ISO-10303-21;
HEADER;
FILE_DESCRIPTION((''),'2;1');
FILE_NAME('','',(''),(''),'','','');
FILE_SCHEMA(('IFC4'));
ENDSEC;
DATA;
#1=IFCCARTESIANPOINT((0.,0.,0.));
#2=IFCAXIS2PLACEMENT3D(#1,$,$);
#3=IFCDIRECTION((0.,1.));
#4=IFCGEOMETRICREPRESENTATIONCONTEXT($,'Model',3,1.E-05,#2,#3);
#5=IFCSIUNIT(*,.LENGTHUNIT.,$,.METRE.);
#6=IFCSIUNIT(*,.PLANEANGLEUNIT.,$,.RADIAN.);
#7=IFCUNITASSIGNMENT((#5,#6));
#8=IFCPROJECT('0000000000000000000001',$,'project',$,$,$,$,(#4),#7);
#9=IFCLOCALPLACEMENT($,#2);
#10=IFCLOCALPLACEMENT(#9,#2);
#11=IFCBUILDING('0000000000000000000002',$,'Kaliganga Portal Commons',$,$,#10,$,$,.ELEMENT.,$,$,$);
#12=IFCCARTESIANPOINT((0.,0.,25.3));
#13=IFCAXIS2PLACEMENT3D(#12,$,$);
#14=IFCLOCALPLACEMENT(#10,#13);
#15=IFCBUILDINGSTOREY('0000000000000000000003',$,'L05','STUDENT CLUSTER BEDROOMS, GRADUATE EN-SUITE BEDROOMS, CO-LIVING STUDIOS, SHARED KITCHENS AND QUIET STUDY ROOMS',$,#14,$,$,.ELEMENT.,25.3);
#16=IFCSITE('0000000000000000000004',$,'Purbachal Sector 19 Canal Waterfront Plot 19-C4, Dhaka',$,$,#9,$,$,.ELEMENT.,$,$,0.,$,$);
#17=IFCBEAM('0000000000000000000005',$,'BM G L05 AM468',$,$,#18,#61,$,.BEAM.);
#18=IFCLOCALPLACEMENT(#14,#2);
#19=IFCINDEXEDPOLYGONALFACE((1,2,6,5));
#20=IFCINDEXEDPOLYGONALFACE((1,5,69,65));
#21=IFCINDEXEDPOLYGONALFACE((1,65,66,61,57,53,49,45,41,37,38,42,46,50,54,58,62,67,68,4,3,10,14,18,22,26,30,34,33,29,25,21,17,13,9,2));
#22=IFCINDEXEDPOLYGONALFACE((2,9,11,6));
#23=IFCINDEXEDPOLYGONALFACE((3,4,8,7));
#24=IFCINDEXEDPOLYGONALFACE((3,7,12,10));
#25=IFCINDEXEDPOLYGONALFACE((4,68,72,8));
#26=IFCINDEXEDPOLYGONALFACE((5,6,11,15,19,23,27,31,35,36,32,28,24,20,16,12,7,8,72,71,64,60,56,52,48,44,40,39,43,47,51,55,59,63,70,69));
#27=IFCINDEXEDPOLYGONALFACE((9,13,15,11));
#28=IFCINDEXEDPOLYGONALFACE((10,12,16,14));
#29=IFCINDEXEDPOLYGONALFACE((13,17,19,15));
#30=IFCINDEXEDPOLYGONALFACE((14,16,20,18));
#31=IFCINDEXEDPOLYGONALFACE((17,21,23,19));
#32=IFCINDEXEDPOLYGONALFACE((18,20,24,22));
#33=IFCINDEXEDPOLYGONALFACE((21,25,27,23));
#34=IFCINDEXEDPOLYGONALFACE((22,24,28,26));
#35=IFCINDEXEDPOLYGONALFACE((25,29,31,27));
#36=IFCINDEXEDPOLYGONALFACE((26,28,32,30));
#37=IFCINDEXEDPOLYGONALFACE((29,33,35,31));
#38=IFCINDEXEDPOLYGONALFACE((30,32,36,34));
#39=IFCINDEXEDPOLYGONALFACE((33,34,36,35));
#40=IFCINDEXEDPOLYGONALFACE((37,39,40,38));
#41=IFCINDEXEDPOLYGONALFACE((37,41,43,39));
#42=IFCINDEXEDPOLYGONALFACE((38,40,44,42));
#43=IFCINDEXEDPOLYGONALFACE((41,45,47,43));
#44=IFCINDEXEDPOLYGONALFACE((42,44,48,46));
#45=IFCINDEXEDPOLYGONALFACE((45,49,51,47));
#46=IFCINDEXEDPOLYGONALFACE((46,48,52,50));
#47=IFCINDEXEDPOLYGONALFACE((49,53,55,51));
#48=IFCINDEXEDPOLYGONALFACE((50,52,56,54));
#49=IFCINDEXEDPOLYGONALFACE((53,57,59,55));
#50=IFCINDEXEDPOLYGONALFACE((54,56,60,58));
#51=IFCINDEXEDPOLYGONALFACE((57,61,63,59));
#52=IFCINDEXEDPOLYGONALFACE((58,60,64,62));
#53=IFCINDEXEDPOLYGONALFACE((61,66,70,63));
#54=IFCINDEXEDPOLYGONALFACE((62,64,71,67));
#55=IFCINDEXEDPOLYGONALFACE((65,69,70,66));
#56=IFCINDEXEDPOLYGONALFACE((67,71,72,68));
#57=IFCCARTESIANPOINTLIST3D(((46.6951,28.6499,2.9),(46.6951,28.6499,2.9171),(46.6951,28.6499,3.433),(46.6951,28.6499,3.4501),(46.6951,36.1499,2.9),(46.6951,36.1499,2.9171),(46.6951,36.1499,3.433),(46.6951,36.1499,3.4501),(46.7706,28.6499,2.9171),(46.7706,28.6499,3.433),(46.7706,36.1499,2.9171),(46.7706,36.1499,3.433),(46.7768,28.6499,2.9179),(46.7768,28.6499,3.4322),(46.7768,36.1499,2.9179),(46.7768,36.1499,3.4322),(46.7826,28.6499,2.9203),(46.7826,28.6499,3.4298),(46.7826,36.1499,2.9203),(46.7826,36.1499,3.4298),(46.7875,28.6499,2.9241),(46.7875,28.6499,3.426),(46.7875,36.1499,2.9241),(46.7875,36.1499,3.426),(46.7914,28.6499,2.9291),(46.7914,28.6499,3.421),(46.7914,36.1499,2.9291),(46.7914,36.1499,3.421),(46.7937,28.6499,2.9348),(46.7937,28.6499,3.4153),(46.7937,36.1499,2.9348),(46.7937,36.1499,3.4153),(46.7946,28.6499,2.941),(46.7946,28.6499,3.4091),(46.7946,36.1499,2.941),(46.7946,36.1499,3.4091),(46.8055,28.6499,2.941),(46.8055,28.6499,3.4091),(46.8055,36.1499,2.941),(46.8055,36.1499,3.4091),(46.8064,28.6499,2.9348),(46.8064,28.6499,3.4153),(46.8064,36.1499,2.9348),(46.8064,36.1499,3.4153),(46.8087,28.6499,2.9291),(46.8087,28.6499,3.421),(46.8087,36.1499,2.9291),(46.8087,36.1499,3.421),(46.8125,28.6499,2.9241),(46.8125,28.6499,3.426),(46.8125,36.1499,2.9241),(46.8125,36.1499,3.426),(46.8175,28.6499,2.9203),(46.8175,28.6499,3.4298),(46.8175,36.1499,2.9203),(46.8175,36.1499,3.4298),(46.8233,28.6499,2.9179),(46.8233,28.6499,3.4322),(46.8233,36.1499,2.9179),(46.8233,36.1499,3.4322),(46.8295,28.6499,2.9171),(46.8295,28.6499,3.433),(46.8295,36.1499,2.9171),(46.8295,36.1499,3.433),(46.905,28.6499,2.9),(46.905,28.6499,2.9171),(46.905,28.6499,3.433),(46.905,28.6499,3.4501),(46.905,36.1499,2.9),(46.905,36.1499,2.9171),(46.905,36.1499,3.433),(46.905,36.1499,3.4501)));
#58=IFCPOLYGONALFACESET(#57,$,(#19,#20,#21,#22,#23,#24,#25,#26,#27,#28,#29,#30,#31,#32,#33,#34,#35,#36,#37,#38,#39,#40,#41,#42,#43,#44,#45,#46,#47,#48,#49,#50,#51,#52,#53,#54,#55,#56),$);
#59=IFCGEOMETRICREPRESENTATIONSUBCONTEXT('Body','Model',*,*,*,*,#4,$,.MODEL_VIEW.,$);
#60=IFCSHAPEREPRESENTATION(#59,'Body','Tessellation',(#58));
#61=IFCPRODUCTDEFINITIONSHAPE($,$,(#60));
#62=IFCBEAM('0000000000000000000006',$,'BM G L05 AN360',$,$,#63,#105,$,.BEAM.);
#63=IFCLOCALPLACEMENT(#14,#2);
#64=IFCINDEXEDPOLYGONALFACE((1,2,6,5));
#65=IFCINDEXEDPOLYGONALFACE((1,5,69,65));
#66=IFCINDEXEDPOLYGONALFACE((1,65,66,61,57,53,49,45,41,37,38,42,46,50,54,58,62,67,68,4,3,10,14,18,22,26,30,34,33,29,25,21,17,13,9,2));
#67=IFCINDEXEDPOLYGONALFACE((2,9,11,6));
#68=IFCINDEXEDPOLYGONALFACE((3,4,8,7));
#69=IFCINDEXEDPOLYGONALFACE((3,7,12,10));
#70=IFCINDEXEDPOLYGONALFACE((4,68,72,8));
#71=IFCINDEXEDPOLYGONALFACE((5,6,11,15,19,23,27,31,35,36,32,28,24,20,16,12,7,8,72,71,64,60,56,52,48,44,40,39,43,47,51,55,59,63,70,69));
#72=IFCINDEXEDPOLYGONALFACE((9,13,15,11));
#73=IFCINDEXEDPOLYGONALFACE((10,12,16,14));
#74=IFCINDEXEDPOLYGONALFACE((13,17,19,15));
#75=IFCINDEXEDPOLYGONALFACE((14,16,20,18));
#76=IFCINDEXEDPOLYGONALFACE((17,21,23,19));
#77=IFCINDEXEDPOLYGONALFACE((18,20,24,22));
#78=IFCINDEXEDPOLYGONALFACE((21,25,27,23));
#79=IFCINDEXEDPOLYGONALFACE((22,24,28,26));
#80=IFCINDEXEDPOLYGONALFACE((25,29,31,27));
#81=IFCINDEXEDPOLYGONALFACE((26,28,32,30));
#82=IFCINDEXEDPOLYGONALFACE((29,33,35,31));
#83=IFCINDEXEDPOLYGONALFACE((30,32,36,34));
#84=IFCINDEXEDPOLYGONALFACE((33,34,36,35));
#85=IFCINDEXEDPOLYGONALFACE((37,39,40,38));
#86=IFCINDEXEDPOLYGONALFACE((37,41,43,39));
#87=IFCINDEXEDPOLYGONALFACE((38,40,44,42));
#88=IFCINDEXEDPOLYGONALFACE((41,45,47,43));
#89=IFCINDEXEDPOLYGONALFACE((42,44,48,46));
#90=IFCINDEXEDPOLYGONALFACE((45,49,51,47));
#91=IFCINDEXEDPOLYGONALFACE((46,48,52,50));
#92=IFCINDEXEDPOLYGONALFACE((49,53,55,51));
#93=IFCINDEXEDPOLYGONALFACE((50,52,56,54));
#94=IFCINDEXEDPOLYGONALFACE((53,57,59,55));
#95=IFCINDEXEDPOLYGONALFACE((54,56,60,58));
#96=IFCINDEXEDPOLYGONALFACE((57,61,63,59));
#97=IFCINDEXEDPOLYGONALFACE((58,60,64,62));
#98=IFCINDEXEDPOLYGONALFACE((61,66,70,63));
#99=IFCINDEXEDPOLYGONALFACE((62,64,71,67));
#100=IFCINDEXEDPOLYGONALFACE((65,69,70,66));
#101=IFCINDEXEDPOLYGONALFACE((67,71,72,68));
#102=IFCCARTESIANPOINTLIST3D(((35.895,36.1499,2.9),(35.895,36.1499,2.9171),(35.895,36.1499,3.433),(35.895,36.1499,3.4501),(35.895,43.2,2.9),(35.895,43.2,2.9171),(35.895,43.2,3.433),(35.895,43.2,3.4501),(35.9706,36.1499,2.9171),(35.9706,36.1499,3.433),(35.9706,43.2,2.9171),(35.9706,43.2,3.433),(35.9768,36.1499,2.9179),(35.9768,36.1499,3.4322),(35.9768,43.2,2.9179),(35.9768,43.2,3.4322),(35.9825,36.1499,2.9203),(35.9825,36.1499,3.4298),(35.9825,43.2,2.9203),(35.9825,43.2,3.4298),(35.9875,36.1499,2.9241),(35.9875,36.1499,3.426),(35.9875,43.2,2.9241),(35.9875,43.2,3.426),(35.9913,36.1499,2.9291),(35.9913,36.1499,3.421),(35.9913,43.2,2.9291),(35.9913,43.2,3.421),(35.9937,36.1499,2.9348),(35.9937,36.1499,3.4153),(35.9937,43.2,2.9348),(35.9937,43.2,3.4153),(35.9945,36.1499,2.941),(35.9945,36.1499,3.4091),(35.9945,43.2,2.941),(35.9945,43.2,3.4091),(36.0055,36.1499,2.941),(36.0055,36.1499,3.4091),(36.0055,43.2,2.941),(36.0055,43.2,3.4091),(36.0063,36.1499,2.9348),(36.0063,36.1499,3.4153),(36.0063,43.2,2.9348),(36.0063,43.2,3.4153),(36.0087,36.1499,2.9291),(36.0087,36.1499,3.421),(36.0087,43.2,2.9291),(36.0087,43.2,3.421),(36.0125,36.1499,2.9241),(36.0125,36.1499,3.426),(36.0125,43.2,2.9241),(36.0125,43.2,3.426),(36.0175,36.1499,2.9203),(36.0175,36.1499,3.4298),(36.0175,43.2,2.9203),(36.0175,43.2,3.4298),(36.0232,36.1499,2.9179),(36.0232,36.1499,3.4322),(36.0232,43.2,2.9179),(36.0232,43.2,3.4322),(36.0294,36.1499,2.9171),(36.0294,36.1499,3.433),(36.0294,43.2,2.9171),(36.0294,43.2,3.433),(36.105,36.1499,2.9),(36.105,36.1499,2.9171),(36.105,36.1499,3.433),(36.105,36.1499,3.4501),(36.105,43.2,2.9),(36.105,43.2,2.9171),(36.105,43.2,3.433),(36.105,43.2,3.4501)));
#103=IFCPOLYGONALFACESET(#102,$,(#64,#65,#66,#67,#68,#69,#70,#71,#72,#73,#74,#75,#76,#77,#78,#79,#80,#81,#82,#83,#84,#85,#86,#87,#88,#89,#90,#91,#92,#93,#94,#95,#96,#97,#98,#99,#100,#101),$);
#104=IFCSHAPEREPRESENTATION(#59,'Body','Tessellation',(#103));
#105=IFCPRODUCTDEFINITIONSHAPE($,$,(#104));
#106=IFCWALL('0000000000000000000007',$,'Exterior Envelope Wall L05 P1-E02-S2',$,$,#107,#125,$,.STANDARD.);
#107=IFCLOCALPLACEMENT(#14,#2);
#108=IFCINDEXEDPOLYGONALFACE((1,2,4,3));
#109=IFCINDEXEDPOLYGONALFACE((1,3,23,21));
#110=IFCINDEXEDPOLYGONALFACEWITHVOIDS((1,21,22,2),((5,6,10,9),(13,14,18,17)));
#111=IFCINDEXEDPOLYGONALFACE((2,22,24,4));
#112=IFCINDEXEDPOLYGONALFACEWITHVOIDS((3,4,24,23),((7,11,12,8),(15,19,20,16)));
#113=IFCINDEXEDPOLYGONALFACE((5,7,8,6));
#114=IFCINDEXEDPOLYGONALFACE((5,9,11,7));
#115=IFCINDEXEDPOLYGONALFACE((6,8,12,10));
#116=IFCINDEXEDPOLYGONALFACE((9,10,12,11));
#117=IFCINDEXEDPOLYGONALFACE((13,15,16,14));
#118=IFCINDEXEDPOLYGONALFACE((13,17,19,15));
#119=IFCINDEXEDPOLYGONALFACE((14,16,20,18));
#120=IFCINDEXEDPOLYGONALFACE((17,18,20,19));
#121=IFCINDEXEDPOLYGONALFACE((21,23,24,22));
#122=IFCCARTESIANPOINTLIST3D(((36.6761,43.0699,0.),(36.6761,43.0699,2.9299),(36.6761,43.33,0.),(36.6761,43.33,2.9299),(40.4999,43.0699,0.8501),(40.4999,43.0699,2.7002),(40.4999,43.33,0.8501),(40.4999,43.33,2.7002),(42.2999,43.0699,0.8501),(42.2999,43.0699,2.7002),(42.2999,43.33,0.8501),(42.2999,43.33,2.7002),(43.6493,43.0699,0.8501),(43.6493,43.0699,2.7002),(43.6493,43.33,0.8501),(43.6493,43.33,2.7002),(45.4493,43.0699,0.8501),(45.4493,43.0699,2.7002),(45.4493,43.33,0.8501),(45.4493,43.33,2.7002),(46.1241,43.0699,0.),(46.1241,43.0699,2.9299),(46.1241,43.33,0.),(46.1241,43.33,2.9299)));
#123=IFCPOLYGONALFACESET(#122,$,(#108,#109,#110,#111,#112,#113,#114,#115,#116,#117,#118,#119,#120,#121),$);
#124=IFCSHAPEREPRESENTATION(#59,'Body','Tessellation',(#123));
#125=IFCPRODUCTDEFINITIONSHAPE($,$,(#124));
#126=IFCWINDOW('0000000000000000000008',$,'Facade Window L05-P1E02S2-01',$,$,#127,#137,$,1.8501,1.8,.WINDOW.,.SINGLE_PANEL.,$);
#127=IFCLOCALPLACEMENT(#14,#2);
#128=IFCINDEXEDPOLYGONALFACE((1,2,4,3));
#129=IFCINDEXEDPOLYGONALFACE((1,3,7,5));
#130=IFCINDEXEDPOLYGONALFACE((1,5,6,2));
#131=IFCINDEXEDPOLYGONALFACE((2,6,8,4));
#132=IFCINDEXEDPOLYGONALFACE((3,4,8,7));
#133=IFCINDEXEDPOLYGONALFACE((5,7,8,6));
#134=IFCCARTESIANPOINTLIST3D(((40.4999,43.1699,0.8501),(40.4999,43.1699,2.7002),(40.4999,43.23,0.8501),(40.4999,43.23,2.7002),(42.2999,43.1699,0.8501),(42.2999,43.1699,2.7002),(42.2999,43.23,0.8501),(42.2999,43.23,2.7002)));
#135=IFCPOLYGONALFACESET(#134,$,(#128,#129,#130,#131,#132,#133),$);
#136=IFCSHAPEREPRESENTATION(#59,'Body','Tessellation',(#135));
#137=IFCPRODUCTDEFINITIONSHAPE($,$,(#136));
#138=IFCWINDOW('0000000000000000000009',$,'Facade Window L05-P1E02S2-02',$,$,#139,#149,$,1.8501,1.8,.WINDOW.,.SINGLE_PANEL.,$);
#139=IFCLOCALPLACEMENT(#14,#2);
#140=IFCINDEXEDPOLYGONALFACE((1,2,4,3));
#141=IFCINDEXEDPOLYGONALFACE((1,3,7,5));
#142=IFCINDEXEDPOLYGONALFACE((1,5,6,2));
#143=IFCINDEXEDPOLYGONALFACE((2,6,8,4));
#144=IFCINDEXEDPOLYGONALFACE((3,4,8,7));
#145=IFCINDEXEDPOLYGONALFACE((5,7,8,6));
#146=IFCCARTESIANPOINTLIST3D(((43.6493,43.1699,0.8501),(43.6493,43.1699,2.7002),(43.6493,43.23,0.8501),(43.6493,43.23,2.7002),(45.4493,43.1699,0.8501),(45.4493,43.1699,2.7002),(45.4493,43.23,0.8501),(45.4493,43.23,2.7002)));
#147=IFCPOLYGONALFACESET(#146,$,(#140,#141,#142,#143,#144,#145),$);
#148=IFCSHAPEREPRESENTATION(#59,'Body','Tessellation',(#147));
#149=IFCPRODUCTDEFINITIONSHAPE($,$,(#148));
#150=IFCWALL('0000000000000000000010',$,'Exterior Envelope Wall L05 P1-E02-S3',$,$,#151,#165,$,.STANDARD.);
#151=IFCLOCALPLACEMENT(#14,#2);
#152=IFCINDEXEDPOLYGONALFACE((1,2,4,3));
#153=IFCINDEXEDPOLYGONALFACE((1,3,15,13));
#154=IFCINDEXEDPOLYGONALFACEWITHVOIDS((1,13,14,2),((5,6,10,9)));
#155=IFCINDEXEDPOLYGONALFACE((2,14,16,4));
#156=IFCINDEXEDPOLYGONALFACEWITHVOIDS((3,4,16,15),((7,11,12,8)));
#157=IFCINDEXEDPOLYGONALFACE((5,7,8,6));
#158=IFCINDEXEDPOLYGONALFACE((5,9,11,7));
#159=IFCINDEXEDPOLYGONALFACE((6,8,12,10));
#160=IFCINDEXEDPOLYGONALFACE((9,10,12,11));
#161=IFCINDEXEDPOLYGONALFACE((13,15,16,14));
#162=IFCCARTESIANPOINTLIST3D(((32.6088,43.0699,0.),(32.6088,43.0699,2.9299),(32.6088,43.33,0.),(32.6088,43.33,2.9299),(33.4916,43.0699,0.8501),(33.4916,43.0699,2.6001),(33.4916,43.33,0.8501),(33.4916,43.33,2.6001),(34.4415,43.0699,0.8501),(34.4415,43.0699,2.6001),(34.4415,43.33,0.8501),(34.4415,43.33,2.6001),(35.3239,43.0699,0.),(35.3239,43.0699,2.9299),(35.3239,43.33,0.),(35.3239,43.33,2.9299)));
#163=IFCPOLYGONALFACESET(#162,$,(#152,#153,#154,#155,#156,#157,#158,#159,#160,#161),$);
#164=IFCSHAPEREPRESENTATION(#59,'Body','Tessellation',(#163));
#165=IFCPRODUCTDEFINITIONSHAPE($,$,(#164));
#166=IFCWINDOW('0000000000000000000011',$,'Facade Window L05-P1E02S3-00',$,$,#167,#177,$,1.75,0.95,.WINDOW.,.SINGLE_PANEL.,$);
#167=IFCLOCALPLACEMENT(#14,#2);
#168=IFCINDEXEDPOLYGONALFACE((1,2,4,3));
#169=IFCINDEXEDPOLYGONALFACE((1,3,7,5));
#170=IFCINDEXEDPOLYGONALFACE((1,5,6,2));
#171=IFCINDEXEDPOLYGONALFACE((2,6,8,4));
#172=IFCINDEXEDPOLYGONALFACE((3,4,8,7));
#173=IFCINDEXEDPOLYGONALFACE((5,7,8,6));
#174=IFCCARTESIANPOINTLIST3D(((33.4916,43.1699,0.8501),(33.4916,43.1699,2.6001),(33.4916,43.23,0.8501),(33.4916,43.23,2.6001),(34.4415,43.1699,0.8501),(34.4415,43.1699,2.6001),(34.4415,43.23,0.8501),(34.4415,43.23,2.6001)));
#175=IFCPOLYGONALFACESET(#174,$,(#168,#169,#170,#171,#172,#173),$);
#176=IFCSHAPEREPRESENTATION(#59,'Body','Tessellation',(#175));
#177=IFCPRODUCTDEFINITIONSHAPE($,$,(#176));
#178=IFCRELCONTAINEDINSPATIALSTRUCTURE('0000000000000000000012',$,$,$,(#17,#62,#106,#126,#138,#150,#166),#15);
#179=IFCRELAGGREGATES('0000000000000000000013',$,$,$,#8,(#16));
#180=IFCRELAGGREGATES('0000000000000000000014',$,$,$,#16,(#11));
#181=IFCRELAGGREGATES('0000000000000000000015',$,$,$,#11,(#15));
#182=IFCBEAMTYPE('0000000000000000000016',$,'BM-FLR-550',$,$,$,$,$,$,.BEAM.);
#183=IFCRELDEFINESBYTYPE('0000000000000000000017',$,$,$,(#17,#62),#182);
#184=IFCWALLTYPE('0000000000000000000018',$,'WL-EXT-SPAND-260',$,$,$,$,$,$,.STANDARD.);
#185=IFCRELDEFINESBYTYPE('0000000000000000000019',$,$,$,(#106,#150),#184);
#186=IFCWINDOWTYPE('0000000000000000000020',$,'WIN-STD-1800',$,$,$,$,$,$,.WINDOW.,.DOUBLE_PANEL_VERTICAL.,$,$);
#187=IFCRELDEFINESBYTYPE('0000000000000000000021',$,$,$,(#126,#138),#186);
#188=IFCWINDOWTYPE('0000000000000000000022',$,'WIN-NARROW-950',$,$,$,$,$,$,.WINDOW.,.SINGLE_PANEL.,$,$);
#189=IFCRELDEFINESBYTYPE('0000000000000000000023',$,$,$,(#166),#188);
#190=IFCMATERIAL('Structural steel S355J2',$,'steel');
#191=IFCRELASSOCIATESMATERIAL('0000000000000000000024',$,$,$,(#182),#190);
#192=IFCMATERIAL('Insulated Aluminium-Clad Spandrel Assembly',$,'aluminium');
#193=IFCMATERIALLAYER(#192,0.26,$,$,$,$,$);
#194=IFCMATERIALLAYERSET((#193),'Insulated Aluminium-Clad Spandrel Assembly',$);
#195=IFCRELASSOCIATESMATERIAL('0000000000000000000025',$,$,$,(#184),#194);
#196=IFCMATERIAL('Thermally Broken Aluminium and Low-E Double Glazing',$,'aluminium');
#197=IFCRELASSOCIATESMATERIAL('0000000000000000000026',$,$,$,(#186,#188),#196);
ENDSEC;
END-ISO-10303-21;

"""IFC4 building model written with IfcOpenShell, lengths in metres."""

from ifc_helpers import new_model, si_unit, direction, frame, frame_2d, origin, origin_2d, place, context, subcontext, project, spatial, rectangle, i_section, extrude, source, transform, mapped, material, layer, layer_set, material_profile, profile_set, type_object, element, fill, save


model = new_model("IFC4")

# Units and contexts
model_context = context("Model", 3, precision=1e-05, world=origin(), true_north=direction((0.0, 1.0)))
body_context = subcontext(model_context, "Body", "Model", "MODEL_VIEW")
ifc_project = project(units=[si_unit("LENGTHUNIT", "METRE"), si_unit("PLANEANGLEUNIT", "RADIAN")], contexts=[model_context])

# Site, building, storey
site_placement = place(None, origin())
site = spatial("IfcSite", under=ifc_project, at=site_placement, Name="Purbachal Sector 19 Canal Waterfront Plot 19-C4, Dhaka", CompositionType="ELEMENT", RefElevation=0.0)
building_placement = place(site_placement, origin())
building = spatial("IfcBuilding", under=site, at=building_placement, Name="Kaliganga Portal Commons", CompositionType="ELEMENT")
storey_placement = place(building_placement, frame((0.0, 0.0, 25.3)))
storey = spatial("IfcBuildingStorey", under=building, at=storey_placement, Name="L05", Description="STUDENT CLUSTER BEDROOMS, GRADUATE EN-SUITE BEDROOMS, CO-LIVING STUDIOS, SHARED KITCHENS AND QUIET STUDY ROOMS", CompositionType="ELEMENT", Elevation=25.3)

# Beams
ifc_material_1 = material(Name="Structural steel S355J2", Category="steel")
ifc_material_profile_1 = material_profile(ifc_material_1, i_section(OverallWidth=0.21, OverallDepth=0.55, WebThickness=0.011, FlangeThickness=0.0171, FilletRadius=0.0239, at=origin_2d()), Name="IPE 550")
ifc_profile_set_1 = profile_set([ifc_material_profile_1], Name="Structural steel S355J2 wide-flange")
beam_type_1 = type_object("IfcBeamType", Name="BM-FLR-550", PredefinedType="BEAM", material=ifc_profile_set_1)
shared_shape_1 = source(origin(), body_context, "Body", "SweptSolid", [
    extrude(i_section(OverallWidth=0.21, OverallDepth=0.55, WebThickness=0.011, FlangeThickness=0.0171, FilletRadius=0.0239, at=origin_2d()), origin(), (0.0, 0.0, 1.0), 7.5),
])
beam_1_placement = place(storey_placement, frame((46.8, 28.6499, 3.175), z_axis=(0.0, 1.0, 0.0), x_axis=(-1.0, 0.0, 0.0)))
element("IfcBeam", 1, at=beam_1_placement, inside=storey, type_object=beam_type_1, Name="BM G L05 AM468", PredefinedType="BEAM", context=body_context, shape_type="MappedRepresentation", body=[
    mapped(shared_shape_1, transform((0.0, 0.0, 0.0), x_axis=(1.0, 0.0, 0.0), y_axis=(0.0, 1.0, 0.0), z_axis=(0.0, 0.0, 1.0), scale=1.0)),
])
shared_shape_2 = source(origin(), body_context, "Body", "SweptSolid", [
    extrude(i_section(OverallWidth=0.21, OverallDepth=0.55, WebThickness=0.011, FlangeThickness=0.0171, FilletRadius=0.0239, at=origin_2d()), origin(), (0.0, 0.0, 1.0), 7.05),
])
beam_2_placement = place(storey_placement, frame((36.0, 36.1499, 3.175), z_axis=(0.0, 1.0, 0.0), x_axis=(-1.0, 0.0, 0.0)))
element("IfcBeam", 2, at=beam_2_placement, inside=storey, type_object=beam_type_1, Name="BM G L05 AN360", PredefinedType="BEAM", context=body_context, shape_type="MappedRepresentation", body=[
    mapped(shared_shape_2, transform((0.0, 0.0, 0.0), x_axis=(1.0, 0.0, 0.0), y_axis=(0.0, 1.0, 0.0), z_axis=(0.0, 0.0, 1.0), scale=1.0)),
])

# Wall, openings, windows
ifc_material_2 = material(Name="Insulated Aluminium-Clad Spandrel Assembly", Category="aluminium")
ifc_layer_1 = layer(ifc_material_2, 0.26)
ifc_layer_set_1 = layer_set([ifc_layer_1], Name="Insulated Aluminium-Clad Spandrel Assembly")
wall_type_1 = type_object("IfcWallType", Name="WL-EXT-SPAND-260", PredefinedType="STANDARD", material=ifc_layer_set_1)
wall_1_placement = place(storey_placement, frame((36.676, 43.2, 0.0), z_axis=(0.0, 0.0, 1.0), x_axis=(1.0, 0.0, 0.0)))
wall_1 = element("IfcWall", 3, at=wall_1_placement, inside=storey, type_object=wall_type_1, Name="Exterior Envelope Wall L05 P1-E02-S2", PredefinedType="STANDARD", context=body_context, shape_type="SweptSolid", body=[
    extrude(rectangle(XDim=9.448, YDim=0.26, at=frame_2d((4.7241, 0.0))), origin(), (0.0, 0.0, 1.0), 2.9299),
])
opening_1_placement = place(wall_1_placement, frame((3.824, 0.0, 0.8501)))
opening_1 = element("IfcOpeningElement", 4, at=opening_1_placement, cuts=wall_1, PredefinedType="OPENING", context=body_context, shape_type="SweptSolid", body=[
    extrude(rectangle(XDim=1.8, YDim=1.8501, at=frame_2d((0.8999, 0.925))), frame((0.0, 0.1401, 0.0), z_axis=(0.0, -1.0, 0.0), x_axis=(1.0, 0.0, 0.0)), (0.0, 0.0, 1.0), 0.28),
])
opening_2_placement = place(wall_1_placement, frame((6.9734, 0.0, 0.8501)))
opening_2 = element("IfcOpeningElement", 5, at=opening_2_placement, cuts=wall_1, PredefinedType="OPENING", context=body_context, shape_type="SweptSolid", body=[
    extrude(rectangle(XDim=1.8, YDim=1.8501, at=frame_2d((0.8999, 0.925))), frame((0.0, 0.1401, 0.0), z_axis=(0.0, -1.0, 0.0), x_axis=(1.0, 0.0, 0.0)), (0.0, 0.0, 1.0), 0.28),
])
ifc_material_3 = material(Name="Thermally Broken Aluminium and Low-E Double Glazing", Category="aluminium")
window_type_1 = type_object("IfcWindowType", Name="WIN-STD-1800", PartitioningType="DOUBLE_PANEL_VERTICAL", PredefinedType="WINDOW", material=ifc_material_3)
window_1_placement = place(opening_1_placement, origin())
window_1 = element("IfcWindow", 6, at=window_1_placement, inside=storey, type_object=window_type_1, Name="Facade Window L05-P1E02S2-01", OverallHeight=1.8501, OverallWidth=1.8, PartitioningType="SINGLE_PANEL", PredefinedType="WINDOW", context=body_context, shape_type="SweptSolid", body=[
    extrude(rectangle(XDim=1.8, YDim=1.8501, at=frame_2d((0.8999, 0.925))), frame((0.0, 0.03, 0.0), z_axis=(0.0, -1.0, 0.0), x_axis=(1.0, 0.0, 0.0)), (0.0, 0.0, 1.0), 0.0601),
])
fill(opening_1, window_1)
window_2_placement = place(opening_2_placement, origin())
window_2 = element("IfcWindow", 7, at=window_2_placement, inside=storey, type_object=window_type_1, Name="Facade Window L05-P1E02S2-02", OverallHeight=1.8501, OverallWidth=1.8, PartitioningType="SINGLE_PANEL", PredefinedType="WINDOW", context=body_context, shape_type="SweptSolid", body=[
    extrude(rectangle(XDim=1.8, YDim=1.8501, at=frame_2d((0.8999, 0.925))), frame((0.0, 0.03, 0.0), z_axis=(0.0, -1.0, 0.0), x_axis=(1.0, 0.0, 0.0)), (0.0, 0.0, 1.0), 0.0601),
])
fill(opening_2, window_2)

# Wall, opening, window
wall_2_placement = place(storey_placement, frame((32.6089, 43.2, 0.0), z_axis=(0.0, 0.0, 1.0), x_axis=(1.0, 0.0, 0.0)))
wall_2 = element("IfcWall", 8, at=wall_2_placement, inside=storey, type_object=wall_type_1, Name="Exterior Envelope Wall L05 P1-E02-S3", PredefinedType="STANDARD", context=body_context, shape_type="SweptSolid", body=[
    extrude(rectangle(XDim=2.7151, YDim=0.26, at=frame_2d((1.3574, 0.0))), origin(), (0.0, 0.0, 1.0), 2.9299),
])
opening_3_placement = place(wall_2_placement, frame((0.8826, 0.0, 0.8501)))
opening_3 = element("IfcOpeningElement", 9, at=opening_3_placement, cuts=wall_2, PredefinedType="OPENING", context=body_context, shape_type="SweptSolid", body=[
    extrude(rectangle(XDim=0.95, YDim=1.75, at=frame_2d((0.4751, 0.875))), frame((0.0, 0.1401, 0.0), z_axis=(0.0, -1.0, 0.0), x_axis=(1.0, 0.0, 0.0)), (0.0, 0.0, 1.0), 0.28),
])
window_type_2 = type_object("IfcWindowType", Name="WIN-NARROW-950", PartitioningType="SINGLE_PANEL", PredefinedType="WINDOW", material=ifc_material_3)
window_3_placement = place(opening_3_placement, origin())
window_3 = element("IfcWindow", 10, at=window_3_placement, inside=storey, type_object=window_type_2, Name="Facade Window L05-P1E02S3-00", OverallHeight=1.75, OverallWidth=0.95, PartitioningType="SINGLE_PANEL", PredefinedType="WINDOW", context=body_context, shape_type="SweptSolid", body=[
    extrude(rectangle(XDim=0.95, YDim=1.75, at=frame_2d((0.4751, 0.875))), frame((0.0, 0.03, 0.0), z_axis=(0.0, -1.0, 0.0), x_axis=(1.0, 0.0, 0.0)), (0.0, 0.0, 1.0), 0.0601),
])
fill(opening_3, window_3)

save(model, "model.ifc")
